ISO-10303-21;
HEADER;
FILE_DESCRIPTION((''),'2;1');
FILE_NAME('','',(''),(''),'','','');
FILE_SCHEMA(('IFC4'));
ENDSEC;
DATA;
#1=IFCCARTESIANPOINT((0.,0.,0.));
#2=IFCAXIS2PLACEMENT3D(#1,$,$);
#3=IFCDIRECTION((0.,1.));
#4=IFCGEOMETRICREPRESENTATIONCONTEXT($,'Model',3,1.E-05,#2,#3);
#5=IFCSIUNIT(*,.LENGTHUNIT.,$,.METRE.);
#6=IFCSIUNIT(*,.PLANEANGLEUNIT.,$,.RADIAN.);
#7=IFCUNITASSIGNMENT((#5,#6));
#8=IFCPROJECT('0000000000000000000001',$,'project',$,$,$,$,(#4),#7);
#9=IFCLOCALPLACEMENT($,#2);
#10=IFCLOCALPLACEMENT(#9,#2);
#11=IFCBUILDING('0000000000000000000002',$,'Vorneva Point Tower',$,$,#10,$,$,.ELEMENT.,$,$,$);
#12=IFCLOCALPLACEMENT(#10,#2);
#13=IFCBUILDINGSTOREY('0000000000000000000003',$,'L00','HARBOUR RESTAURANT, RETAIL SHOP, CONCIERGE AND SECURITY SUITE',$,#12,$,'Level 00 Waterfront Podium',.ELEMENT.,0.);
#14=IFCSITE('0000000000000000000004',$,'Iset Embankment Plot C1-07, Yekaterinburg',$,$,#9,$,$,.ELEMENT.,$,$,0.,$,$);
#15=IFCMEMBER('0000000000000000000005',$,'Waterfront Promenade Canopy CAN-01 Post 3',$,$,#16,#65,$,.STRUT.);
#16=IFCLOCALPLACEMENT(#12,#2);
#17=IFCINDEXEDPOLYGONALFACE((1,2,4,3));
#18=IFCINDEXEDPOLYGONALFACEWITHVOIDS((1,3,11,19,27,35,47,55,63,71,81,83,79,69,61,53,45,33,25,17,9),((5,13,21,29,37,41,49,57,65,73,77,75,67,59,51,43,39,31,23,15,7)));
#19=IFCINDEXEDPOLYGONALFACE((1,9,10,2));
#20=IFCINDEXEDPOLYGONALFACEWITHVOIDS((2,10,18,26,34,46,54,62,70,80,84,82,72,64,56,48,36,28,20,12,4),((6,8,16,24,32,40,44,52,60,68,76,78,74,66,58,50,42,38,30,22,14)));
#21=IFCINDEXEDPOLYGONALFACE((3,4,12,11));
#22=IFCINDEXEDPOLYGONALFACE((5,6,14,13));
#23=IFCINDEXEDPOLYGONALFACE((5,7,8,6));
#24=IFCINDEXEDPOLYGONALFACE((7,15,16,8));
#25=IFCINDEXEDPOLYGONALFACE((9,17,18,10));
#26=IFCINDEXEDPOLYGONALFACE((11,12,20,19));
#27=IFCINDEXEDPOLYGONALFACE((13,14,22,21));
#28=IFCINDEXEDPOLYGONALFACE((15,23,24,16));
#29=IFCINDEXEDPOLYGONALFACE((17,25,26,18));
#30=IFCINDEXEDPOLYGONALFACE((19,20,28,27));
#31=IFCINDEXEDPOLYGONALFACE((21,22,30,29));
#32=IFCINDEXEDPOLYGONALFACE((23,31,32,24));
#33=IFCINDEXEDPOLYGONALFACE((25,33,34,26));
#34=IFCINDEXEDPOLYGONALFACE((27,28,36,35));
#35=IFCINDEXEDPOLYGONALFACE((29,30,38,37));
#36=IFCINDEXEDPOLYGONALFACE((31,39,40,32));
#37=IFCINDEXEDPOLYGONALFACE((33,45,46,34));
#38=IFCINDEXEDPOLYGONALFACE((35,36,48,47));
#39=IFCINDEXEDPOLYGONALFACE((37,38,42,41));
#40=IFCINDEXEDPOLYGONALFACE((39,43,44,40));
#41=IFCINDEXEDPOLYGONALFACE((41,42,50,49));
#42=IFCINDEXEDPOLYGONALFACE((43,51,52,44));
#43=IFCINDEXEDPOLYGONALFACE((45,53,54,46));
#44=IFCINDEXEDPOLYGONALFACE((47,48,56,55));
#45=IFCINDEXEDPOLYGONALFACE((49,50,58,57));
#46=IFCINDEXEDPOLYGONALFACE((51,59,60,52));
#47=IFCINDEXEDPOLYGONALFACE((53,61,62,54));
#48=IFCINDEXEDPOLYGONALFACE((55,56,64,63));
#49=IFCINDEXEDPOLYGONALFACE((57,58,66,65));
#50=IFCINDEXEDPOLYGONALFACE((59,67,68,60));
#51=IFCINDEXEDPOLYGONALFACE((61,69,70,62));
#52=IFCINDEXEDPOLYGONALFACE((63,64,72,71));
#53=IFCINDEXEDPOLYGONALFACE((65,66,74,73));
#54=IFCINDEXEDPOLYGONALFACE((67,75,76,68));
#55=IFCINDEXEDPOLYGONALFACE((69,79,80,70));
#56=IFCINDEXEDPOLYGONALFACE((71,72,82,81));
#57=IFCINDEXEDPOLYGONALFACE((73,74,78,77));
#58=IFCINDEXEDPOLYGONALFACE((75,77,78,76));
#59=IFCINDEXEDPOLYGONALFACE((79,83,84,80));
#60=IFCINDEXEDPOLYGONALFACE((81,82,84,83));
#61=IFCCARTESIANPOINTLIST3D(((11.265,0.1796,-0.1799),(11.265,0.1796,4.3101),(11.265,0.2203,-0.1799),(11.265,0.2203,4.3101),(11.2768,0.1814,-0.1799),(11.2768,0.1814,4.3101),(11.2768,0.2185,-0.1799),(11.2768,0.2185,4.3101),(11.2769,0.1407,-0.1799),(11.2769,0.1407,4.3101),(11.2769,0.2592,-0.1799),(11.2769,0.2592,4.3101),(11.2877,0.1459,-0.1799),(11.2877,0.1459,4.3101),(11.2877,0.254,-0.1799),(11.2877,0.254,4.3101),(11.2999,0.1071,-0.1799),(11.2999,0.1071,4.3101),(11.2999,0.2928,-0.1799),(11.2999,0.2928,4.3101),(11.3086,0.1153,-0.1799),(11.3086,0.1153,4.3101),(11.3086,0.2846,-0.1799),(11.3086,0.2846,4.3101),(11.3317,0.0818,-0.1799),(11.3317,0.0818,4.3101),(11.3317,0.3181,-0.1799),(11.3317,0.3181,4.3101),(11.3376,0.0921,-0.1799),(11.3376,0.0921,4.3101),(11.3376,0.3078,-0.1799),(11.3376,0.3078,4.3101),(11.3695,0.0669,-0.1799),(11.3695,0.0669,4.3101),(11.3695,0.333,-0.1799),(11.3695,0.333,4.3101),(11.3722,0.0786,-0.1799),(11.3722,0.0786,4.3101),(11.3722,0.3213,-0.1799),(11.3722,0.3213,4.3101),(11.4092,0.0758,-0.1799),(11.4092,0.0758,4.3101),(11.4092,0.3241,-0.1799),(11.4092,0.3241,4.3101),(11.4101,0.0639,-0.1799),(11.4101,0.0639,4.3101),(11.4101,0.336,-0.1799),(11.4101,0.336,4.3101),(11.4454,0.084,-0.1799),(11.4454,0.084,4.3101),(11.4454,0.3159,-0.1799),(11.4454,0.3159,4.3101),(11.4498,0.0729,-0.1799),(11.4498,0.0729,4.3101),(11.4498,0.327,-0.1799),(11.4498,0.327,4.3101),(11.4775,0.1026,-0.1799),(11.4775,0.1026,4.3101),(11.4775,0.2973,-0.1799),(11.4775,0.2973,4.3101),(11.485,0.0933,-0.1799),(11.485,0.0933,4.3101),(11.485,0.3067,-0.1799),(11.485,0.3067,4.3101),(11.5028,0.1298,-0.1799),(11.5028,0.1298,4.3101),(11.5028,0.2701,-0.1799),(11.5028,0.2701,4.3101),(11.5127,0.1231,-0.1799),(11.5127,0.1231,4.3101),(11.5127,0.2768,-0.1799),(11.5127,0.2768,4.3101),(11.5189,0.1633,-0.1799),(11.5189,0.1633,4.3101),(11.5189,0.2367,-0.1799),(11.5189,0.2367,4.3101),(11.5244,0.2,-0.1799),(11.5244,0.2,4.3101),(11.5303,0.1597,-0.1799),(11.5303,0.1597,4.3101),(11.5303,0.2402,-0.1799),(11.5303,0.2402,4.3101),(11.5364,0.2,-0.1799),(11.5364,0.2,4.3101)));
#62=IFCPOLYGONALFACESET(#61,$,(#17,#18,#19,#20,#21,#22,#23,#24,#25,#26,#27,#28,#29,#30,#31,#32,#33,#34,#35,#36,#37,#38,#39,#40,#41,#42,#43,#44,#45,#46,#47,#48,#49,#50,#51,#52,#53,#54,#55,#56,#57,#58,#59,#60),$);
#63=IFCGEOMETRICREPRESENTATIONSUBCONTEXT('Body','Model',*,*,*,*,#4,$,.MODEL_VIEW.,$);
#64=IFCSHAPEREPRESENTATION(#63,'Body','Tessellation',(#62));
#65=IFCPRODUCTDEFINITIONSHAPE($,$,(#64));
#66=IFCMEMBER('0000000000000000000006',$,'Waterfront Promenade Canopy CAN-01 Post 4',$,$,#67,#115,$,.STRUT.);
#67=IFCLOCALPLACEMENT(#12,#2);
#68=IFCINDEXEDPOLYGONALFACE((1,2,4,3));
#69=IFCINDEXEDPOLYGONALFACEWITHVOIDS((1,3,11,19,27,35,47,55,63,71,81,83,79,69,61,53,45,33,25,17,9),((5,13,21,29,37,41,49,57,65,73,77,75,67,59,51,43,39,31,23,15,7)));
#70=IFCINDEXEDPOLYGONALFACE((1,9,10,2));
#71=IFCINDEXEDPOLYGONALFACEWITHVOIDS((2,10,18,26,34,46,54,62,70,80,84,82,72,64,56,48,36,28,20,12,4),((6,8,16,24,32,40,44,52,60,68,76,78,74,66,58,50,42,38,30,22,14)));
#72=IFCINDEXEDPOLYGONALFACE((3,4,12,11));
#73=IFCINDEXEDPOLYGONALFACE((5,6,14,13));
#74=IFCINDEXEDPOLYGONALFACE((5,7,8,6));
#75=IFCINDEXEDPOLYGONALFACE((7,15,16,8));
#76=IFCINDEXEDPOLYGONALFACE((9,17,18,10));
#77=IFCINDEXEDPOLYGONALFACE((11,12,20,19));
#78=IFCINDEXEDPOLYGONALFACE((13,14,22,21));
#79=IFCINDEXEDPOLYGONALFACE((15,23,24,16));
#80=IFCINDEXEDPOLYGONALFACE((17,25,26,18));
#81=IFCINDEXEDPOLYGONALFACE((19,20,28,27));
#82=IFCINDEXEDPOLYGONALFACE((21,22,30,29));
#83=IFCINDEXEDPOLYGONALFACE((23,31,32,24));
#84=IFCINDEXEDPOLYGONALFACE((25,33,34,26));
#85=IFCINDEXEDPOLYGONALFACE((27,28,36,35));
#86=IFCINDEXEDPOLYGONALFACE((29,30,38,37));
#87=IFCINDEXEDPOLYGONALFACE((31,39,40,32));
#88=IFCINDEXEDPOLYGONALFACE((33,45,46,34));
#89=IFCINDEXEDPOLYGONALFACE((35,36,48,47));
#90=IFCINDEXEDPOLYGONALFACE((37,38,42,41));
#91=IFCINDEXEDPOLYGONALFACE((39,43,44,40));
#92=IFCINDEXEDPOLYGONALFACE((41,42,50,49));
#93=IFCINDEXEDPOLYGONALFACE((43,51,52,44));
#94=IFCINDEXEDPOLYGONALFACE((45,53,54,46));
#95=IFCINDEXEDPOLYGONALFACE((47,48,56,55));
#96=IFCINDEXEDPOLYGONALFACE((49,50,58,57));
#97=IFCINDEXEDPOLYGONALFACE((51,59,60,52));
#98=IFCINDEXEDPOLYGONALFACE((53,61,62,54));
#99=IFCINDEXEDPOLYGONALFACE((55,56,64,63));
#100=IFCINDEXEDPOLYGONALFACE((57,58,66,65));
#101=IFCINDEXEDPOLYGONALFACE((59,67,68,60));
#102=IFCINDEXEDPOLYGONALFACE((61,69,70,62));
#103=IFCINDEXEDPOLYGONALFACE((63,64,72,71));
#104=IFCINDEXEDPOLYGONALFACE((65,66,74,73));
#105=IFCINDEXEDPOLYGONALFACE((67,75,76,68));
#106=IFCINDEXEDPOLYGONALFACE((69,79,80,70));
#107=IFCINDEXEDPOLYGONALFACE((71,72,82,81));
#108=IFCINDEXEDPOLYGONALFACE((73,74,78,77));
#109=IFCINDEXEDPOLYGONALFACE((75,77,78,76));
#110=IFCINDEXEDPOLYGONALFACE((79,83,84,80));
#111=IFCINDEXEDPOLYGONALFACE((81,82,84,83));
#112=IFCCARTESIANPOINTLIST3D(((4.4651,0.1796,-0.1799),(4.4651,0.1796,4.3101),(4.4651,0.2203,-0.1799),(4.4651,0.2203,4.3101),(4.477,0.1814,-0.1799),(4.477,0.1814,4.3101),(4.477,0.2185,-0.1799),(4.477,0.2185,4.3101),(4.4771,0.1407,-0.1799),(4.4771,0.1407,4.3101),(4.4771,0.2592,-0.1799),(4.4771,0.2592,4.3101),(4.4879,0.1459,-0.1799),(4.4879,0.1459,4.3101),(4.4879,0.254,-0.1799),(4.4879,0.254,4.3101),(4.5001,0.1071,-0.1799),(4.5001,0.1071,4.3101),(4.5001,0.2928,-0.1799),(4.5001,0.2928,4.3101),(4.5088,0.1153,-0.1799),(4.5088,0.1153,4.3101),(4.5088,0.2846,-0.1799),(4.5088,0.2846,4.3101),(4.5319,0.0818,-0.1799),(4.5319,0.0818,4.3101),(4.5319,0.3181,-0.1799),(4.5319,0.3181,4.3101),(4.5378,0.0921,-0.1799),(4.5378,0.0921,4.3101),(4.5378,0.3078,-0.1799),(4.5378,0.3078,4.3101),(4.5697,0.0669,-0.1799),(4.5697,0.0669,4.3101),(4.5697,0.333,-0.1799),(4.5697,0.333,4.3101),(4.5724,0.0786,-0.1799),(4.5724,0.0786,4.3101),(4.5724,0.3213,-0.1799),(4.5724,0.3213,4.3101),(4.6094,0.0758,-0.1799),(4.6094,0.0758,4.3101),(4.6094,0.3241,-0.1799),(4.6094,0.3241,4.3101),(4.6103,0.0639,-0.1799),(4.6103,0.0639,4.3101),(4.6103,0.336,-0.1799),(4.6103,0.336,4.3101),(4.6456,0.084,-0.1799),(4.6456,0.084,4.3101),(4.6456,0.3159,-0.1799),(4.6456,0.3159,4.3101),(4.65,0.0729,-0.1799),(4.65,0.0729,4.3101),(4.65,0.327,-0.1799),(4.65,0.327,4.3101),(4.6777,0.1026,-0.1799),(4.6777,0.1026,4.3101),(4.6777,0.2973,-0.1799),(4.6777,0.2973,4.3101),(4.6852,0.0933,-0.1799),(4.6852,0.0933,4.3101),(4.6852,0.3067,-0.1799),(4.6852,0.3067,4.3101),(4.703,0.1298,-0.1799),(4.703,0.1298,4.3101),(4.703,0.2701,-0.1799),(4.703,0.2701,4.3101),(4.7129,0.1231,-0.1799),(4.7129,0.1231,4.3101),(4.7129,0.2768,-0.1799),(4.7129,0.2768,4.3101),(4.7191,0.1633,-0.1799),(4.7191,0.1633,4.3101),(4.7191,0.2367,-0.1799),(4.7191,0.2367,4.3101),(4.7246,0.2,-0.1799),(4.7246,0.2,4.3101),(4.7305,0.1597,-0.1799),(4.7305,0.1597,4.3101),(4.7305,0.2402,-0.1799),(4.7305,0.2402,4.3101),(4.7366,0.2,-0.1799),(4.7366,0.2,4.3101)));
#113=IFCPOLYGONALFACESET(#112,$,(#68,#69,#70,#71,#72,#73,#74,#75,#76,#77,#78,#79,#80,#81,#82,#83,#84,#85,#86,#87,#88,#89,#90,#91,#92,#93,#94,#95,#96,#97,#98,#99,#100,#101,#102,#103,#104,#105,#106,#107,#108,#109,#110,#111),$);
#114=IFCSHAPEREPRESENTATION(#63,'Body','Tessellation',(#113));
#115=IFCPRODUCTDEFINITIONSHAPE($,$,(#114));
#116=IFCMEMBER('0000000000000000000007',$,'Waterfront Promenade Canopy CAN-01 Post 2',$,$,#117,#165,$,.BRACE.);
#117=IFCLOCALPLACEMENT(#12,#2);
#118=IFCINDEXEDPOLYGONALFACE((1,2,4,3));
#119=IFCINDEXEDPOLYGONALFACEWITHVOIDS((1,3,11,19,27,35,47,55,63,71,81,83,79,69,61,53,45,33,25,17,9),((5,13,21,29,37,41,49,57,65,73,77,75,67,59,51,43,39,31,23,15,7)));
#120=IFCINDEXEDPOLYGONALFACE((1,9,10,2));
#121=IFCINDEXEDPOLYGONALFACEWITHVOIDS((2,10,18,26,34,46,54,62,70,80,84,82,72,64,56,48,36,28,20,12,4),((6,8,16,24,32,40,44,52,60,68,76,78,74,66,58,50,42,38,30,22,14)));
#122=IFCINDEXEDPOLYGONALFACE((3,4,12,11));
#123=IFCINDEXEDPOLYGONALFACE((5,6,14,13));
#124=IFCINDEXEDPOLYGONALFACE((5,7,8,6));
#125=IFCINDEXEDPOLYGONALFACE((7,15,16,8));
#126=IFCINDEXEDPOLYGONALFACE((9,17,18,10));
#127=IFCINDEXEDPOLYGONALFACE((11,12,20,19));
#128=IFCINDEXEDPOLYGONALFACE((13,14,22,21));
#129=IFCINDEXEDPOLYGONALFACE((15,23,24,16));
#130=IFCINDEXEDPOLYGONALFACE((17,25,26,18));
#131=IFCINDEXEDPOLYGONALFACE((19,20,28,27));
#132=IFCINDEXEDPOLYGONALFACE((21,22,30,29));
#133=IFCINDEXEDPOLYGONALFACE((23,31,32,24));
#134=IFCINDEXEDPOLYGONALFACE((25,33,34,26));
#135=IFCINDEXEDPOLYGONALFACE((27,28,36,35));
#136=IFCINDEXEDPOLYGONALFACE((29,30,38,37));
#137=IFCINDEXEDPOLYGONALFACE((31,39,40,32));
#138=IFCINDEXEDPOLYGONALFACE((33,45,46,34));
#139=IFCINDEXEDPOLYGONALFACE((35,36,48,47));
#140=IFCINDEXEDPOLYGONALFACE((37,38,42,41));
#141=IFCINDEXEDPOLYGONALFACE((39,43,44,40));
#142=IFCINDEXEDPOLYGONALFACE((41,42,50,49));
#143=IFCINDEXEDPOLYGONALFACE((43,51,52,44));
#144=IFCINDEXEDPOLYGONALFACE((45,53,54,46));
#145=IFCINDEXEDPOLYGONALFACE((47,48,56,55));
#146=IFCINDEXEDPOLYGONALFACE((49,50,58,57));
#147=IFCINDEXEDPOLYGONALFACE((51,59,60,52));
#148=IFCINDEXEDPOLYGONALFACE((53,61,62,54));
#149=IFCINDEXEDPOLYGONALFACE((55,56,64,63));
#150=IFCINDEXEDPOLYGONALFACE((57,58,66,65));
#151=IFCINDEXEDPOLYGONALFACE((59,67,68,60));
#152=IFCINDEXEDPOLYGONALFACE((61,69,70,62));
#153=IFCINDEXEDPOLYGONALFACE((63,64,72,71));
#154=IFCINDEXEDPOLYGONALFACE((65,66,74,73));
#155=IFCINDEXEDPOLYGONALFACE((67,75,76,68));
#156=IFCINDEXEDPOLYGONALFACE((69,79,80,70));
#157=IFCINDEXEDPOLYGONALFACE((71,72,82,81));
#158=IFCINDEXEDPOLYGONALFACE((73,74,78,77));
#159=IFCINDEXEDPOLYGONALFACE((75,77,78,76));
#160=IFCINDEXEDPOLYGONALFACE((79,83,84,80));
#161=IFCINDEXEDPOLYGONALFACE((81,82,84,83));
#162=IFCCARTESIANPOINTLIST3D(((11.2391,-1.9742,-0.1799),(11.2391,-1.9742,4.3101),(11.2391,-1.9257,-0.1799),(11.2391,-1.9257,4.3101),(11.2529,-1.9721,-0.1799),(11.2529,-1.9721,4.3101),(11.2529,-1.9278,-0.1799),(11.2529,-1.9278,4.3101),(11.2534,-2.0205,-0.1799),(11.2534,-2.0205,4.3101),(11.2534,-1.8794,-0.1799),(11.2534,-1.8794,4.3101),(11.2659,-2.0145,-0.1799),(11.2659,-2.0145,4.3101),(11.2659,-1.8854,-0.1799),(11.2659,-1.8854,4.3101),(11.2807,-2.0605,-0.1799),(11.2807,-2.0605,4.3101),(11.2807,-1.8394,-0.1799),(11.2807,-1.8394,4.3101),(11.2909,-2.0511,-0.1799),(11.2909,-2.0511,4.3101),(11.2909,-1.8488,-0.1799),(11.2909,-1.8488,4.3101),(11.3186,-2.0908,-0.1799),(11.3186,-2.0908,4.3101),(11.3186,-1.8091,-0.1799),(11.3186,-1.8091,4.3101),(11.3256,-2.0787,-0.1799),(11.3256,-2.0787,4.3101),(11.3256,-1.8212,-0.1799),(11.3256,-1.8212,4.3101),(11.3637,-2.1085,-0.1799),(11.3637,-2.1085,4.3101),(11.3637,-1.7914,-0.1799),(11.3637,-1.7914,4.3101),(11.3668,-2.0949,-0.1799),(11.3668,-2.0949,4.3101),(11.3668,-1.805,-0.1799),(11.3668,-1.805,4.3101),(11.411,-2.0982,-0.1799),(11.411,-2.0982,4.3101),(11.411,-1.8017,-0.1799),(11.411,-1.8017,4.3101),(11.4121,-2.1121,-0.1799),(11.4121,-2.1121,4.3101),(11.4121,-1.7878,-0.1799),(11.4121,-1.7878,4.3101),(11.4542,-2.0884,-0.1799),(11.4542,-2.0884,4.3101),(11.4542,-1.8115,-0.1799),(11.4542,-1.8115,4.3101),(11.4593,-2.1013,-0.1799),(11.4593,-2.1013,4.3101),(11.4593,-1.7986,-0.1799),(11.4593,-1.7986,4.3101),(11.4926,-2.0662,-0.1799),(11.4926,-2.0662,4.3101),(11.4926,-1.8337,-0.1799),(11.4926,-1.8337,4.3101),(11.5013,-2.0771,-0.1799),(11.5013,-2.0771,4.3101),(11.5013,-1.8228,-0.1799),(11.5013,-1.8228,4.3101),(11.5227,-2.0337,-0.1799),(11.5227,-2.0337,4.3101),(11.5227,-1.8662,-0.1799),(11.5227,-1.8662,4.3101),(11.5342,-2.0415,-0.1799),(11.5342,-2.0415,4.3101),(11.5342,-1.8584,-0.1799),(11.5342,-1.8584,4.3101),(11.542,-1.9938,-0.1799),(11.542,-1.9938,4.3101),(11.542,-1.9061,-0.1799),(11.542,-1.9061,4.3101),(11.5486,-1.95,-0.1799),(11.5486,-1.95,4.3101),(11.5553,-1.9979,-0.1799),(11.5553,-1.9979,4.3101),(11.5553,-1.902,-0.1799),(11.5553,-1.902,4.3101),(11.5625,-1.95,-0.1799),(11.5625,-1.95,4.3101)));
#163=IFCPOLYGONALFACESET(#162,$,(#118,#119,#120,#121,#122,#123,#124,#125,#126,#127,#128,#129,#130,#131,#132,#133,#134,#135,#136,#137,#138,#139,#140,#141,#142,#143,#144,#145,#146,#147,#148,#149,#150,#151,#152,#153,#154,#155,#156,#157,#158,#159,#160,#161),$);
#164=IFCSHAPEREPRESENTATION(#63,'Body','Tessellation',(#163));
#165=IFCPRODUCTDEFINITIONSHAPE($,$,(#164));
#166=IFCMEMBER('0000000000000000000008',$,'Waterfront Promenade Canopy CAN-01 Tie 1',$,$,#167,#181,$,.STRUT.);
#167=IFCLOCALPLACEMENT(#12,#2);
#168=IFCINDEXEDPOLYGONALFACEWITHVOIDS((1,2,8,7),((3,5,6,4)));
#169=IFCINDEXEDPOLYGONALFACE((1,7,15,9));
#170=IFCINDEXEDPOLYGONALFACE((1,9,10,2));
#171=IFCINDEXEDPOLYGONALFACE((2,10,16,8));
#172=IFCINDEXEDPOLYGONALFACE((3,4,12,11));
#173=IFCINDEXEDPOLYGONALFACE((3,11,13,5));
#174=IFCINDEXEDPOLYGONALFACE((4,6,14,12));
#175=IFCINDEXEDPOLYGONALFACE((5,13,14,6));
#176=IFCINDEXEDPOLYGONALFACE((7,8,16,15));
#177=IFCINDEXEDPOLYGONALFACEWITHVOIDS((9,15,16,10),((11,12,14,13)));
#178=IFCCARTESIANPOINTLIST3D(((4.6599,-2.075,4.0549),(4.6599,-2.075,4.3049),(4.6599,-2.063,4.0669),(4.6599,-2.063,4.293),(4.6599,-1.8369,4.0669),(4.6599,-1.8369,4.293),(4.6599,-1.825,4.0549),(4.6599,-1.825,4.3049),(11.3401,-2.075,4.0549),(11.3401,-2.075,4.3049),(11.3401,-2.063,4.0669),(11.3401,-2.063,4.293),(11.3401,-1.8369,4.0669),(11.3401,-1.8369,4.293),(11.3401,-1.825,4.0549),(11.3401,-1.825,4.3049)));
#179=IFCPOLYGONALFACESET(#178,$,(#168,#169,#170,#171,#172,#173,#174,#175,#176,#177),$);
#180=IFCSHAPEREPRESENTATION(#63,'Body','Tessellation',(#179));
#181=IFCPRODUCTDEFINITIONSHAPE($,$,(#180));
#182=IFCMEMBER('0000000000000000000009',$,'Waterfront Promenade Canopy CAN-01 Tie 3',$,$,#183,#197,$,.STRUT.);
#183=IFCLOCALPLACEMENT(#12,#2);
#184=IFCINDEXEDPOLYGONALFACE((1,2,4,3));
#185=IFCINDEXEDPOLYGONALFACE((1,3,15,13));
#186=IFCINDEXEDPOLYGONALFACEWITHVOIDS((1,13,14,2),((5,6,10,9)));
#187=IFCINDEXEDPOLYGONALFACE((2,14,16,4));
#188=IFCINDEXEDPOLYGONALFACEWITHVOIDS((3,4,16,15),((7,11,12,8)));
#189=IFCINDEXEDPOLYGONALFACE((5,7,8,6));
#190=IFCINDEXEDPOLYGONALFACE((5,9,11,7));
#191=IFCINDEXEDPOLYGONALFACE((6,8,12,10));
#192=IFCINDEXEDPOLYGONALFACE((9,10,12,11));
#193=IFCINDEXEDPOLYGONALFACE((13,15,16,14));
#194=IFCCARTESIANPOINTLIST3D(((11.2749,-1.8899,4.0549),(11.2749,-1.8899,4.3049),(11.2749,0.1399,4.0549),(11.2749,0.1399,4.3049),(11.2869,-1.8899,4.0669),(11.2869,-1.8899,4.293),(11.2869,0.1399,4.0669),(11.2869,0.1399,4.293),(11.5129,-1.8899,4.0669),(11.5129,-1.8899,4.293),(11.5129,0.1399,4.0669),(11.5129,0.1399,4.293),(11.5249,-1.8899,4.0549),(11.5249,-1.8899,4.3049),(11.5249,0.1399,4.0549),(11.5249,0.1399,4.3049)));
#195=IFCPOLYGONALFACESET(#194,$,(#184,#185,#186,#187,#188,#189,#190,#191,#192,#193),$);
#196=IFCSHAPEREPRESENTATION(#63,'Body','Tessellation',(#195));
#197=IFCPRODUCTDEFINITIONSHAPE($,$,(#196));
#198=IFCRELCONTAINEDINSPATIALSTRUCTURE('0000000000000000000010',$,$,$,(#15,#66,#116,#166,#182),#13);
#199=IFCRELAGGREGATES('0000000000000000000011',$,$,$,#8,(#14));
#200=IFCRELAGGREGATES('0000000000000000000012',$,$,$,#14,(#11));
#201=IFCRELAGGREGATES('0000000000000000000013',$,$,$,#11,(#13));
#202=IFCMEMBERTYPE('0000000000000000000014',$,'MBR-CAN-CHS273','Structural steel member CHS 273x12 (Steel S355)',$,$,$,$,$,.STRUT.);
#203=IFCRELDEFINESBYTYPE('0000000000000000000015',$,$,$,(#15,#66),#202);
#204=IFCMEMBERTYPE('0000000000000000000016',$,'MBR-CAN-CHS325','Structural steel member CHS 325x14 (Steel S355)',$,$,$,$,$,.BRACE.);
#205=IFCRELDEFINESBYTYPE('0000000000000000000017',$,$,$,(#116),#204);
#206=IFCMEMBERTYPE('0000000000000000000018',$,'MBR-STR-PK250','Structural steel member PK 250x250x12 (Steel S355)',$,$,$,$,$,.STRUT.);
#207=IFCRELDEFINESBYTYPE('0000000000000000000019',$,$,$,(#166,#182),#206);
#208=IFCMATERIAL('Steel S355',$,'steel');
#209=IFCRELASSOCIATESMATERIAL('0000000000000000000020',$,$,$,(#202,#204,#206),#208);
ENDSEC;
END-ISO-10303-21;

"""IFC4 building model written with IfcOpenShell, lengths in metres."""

from ifc_helpers import new_model, si_unit, direction, frame, origin, origin_2d, place, context, subcontext, project, spatial, hollow_rectangle, hollow_circle, extrude, material, material_profile, profile_set, type_object, element, save


model = new_model("IFC4")

# Units and contexts
model_context = context("Model", 3, precision=1e-05, world=origin(), true_north=direction((0.0, 1.0)))
body_context = subcontext(model_context, "Body", "Model", "MODEL_VIEW")
ifc_project = project(units=[si_unit("LENGTHUNIT", "METRE"), si_unit("PLANEANGLEUNIT", "RADIAN")], contexts=[model_context])

# Site, building, storey
site_placement = place(None, origin())
site = spatial("IfcSite", under=ifc_project, at=site_placement, Name="Iset Embankment Plot C1-07, Yekaterinburg", CompositionType="ELEMENT", RefElevation=0.0)
building_placement = place(site_placement, origin())
building = spatial("IfcBuilding", under=site, at=building_placement, Name="Vorneva Point Tower", CompositionType="ELEMENT")
storey_placement = place(building_placement, origin())
storey = spatial("IfcBuildingStorey", under=building, at=storey_placement, Name="L00", Description="HARBOUR RESTAURANT, RETAIL SHOP, CONCIERGE AND SECURITY SUITE", LongName="Level 00 Waterfront Podium", CompositionType="ELEMENT", Elevation=0.0)

# Shared definitions
ifc_material_1 = material(Name="Steel S355", Category="steel")

# Members
ifc_material_profile_1 = material_profile(ifc_material_1, hollow_circle(Radius=0.1365, WallThickness=0.012, at=origin_2d()), Name="CHS 273x12")
ifc_profile_set_1 = profile_set([ifc_material_profile_1], Name="Steel S355")
member_type_1 = type_object("IfcMemberType", Name="MBR-CAN-CHS273", Description="Structural steel member CHS 273x12 (Steel S355)", PredefinedType="STRUT", material=ifc_profile_set_1)
for number, where, z_axis, x_axis, name in (
    (1, (11.3999, 0.2, -0.1799), (0.0, 0.0, 1.0), (1.0, 0.0, 0.0), "Waterfront Promenade Canopy CAN-01 Post 3"),
    (2, (4.6001, 0.2, -0.1799), (0.0, 0.0, 1.0), (1.0, 0.0, 0.0), "Waterfront Promenade Canopy CAN-01 Post 4"),
):
    element("IfcMember", number, at=place(storey_placement, frame(where, z_axis=z_axis, x_axis=x_axis)), inside=storey, type_object=member_type_1, Name=name, PredefinedType="STRUT", context=body_context, shape_type="SweptSolid", body=[
        extrude(hollow_circle(Radius=0.1365, WallThickness=0.012, at=origin_2d()), origin(), (0.0, 0.0, 1.0), 4.49),
    ])
ifc_material_profile_2 = material_profile(ifc_material_1, hollow_circle(Radius=0.1626, WallThickness=0.0139, at=origin_2d()), Name="CHS 325x14")
ifc_profile_set_2 = profile_set([ifc_material_profile_2], Name="Steel S355")
member_type_2 = type_object("IfcMemberType", Name="MBR-CAN-CHS325", Description="Structural steel member CHS 325x14 (Steel S355)", PredefinedType="BRACE", material=ifc_profile_set_2)
member_1_placement = place(storey_placement, frame((11.3999, -1.95, -0.1799), z_axis=(0.0, 0.0, 1.0), x_axis=(1.0, 0.0, 0.0)))
element("IfcMember", 3, at=member_1_placement, inside=storey, type_object=member_type_2, Name="Waterfront Promenade Canopy CAN-01 Post 2", PredefinedType="BRACE", context=body_context, shape_type="SweptSolid", body=[
    extrude(hollow_circle(Radius=0.1626, WallThickness=0.0139, at=origin_2d()), origin(), (0.0, 0.0, 1.0), 4.49),
])
ifc_material_profile_3 = material_profile(ifc_material_1, hollow_rectangle(XDim=0.25, YDim=0.25, WallThickness=0.012, at=origin_2d()), Name="PK 250x250x12")
ifc_profile_set_3 = profile_set([ifc_material_profile_3], Name="Steel S355")
member_type_3 = type_object("IfcMemberType", Name="MBR-STR-PK250", Description="Structural steel member PK 250x250x12 (Steel S355)", PredefinedType="STRUT", material=ifc_profile_set_3)
member_2_placement = place(storey_placement, frame((4.6599, -1.95, 4.1799), z_axis=(1.0, 0.0, 0.0), x_axis=(0.0, 1.0, 0.0)))
element("IfcMember", 4, at=member_2_placement, inside=storey, type_object=member_type_3, Name="Waterfront Promenade Canopy CAN-01 Tie 1", PredefinedType="STRUT", context=body_context, shape_type="SweptSolid", body=[
    extrude(hollow_rectangle(XDim=0.25, YDim=0.25, WallThickness=0.012, at=origin_2d()), origin(), (0.0, 0.0, 1.0), 6.6802),
])
for number, where, z_axis, x_axis, name in (
    (5, (11.3999, -1.8899, 4.1799), (0.0, 1.0, 0.0), (-1.0, 0.0, 0.0), "Waterfront Promenade Canopy CAN-01 Tie 3"),
):
    element("IfcMember", number, at=place(storey_placement, frame(where, z_axis=z_axis, x_axis=x_axis)), inside=storey, type_object=member_type_3, Name=name, PredefinedType="STRUT", context=body_context, shape_type="SweptSolid", body=[
        extrude(hollow_rectangle(XDim=0.25, YDim=0.25, WallThickness=0.012, at=origin_2d()), origin(), (0.0, 0.0, 1.0), 2.0298),
    ])

save(model, "model.ifc")
